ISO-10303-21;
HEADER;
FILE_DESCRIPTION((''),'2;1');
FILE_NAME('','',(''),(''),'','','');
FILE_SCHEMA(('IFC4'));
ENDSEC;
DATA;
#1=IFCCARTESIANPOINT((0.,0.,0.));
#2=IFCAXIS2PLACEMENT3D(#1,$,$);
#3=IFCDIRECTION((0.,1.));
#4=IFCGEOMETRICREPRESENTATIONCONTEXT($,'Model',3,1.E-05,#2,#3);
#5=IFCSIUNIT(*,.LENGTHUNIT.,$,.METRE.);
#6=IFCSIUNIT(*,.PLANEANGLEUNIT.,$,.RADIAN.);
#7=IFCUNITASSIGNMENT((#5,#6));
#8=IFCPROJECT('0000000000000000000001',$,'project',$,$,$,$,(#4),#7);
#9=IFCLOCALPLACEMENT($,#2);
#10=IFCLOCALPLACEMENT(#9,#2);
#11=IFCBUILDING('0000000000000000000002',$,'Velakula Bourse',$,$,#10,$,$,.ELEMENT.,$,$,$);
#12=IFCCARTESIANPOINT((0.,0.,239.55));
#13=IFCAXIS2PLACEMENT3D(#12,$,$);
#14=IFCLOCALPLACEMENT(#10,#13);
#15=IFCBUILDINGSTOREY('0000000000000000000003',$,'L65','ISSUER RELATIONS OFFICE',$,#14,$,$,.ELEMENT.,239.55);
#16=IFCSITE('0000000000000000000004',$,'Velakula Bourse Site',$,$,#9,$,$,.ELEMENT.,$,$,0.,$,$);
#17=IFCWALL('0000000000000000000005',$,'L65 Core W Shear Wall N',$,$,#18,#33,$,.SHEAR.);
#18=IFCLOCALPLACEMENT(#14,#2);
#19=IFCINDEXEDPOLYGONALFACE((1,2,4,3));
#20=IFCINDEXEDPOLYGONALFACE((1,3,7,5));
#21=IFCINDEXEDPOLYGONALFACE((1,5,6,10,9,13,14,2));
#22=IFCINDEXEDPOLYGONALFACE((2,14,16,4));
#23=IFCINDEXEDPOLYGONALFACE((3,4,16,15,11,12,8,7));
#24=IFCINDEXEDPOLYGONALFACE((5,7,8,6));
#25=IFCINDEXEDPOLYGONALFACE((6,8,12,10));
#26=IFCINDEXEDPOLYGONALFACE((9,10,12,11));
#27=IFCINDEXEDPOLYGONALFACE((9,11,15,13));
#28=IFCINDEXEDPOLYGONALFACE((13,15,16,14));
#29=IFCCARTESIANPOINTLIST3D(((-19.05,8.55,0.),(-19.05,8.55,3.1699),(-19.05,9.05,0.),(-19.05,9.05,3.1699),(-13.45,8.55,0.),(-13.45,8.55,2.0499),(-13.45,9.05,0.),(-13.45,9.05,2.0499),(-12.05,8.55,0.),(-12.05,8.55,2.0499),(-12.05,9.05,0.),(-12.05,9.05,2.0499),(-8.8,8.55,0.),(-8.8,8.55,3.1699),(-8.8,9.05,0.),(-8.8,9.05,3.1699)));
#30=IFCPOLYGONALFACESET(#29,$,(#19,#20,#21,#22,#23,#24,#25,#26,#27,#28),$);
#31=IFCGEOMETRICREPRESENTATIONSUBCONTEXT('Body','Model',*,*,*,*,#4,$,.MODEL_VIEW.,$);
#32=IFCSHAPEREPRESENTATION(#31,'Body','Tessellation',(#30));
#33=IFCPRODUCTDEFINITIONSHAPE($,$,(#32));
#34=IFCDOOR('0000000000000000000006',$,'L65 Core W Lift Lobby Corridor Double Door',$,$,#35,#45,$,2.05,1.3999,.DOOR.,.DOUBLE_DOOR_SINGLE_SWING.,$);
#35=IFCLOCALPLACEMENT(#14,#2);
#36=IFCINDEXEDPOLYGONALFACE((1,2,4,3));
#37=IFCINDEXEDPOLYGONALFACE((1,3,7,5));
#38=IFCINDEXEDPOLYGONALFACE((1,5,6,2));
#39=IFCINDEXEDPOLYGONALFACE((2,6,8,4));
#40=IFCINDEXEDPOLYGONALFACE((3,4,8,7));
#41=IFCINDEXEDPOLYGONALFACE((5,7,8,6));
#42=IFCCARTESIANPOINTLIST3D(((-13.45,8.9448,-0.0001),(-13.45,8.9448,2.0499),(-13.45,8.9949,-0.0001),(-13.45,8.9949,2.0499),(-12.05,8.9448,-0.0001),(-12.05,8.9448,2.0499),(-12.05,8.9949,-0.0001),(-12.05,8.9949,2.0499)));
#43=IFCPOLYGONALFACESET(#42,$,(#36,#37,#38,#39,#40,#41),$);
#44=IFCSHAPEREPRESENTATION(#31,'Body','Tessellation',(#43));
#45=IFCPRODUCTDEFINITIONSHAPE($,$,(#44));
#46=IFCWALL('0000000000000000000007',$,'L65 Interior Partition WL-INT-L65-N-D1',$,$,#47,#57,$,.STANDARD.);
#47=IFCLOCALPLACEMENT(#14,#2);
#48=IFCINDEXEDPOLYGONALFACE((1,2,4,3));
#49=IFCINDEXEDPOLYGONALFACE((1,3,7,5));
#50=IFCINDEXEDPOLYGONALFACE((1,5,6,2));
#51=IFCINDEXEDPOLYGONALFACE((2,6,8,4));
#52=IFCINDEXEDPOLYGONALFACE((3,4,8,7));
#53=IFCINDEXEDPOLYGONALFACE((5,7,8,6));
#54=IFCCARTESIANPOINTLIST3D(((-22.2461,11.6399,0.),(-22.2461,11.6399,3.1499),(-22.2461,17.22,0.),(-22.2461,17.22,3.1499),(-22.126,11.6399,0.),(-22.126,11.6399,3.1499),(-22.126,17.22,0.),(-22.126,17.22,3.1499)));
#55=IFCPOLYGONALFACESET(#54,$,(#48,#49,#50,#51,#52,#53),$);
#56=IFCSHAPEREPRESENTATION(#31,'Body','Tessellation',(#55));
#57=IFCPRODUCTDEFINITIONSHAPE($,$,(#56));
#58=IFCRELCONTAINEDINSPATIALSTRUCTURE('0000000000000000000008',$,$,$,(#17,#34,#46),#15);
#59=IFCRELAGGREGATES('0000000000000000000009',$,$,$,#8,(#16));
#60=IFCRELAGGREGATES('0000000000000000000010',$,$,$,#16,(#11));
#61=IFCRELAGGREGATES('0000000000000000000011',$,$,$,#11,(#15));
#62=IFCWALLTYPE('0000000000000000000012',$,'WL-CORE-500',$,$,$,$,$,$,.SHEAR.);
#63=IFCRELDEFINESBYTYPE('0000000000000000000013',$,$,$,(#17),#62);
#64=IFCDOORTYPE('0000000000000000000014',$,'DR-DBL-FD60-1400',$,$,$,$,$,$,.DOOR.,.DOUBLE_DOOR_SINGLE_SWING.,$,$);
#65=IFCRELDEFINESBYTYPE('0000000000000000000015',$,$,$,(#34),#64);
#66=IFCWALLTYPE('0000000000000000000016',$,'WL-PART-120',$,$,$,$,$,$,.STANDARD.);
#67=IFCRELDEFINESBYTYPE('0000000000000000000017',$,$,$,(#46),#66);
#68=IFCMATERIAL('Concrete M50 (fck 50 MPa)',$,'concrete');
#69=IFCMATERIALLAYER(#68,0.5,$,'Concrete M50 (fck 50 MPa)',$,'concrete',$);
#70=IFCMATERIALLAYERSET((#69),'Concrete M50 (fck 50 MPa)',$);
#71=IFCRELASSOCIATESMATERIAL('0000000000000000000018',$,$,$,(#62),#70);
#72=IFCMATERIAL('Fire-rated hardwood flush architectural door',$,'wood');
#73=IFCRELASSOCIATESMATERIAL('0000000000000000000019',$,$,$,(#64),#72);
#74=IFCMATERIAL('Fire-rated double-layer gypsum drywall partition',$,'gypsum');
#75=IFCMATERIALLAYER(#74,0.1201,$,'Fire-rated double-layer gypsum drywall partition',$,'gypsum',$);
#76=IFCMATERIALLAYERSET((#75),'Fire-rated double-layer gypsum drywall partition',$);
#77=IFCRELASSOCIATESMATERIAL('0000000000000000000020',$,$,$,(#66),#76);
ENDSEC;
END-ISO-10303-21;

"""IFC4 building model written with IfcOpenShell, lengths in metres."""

from ifc_helpers import new_model, si_unit, direction, frame, frame_2d, origin, place, context, subcontext, project, spatial, rectangle, extrude, material, layer, layer_set, type_object, element, fill, save


model = new_model("IFC4")

# Units and contexts
model_context = context("Model", 3, precision=1e-05, world=origin(), true_north=direction((0.0, 1.0)))
body_context = subcontext(model_context, "Body", "Model", "MODEL_VIEW")
ifc_project = project(units=[si_unit("LENGTHUNIT", "METRE"), si_unit("PLANEANGLEUNIT", "RADIAN")], contexts=[model_context])

# Site, building, storey
site_placement = place(None, origin())
site = spatial("IfcSite", under=ifc_project, at=site_placement, Name="Velakula Bourse Site", CompositionType="ELEMENT", RefElevation=0.0)
building_placement = place(site_placement, origin())
building = spatial("IfcBuilding", under=site, at=building_placement, Name="Velakula Bourse", CompositionType="ELEMENT")
storey_placement = place(building_placement, frame((0.0, 0.0, 239.55)))
storey = spatial("IfcBuildingStorey", under=building, at=storey_placement, Name="L65", Description="ISSUER RELATIONS OFFICE", CompositionType="ELEMENT", Elevation=239.55)

# Wall, opening, door
ifc_material_1 = material(Name="Concrete M50 (fck 50 MPa)", Category="concrete")
ifc_layer_1 = layer(ifc_material_1, 0.5, Name="Concrete M50 (fck 50 MPa)", Category="concrete")
ifc_layer_set_1 = layer_set([ifc_layer_1], Name="Concrete M50 (fck 50 MPa)")
wall_type_1 = type_object("IfcWallType", Name="WL-CORE-500", PredefinedType="SHEAR", material=ifc_layer_set_1)
wall_1_placement = place(storey_placement, frame((-19.05, 8.8, 0.0), z_axis=(0.0, 0.0, 1.0), x_axis=(1.0, 0.0, 0.0)))
wall_1 = element("IfcWall", 1, at=wall_1_placement, inside=storey, type_object=wall_type_1, Name="L65 Core W Shear Wall N", PredefinedType="SHEAR", context=body_context, shape_type="SweptSolid", body=[
    extrude(rectangle(XDim=10.25, YDim=0.5, at=frame_2d((5.125, 0.0))), origin(), (0.0, 0.0, 1.0), 3.1699),
])
opening_placement = place(wall_1_placement, frame((5.6001, 0.0, 0.0)))
opening = element("IfcOpeningElement", 2, at=opening_placement, cuts=wall_1, PredefinedType="OPENING", context=body_context, shape_type="SweptSolid", body=[
    extrude(rectangle(XDim=1.3999, YDim=2.05, at=frame_2d((0.7, 1.0249))), frame((0.0, 0.26, 0.0), z_axis=(0.0, -1.0, 0.0), x_axis=(1.0, 0.0, 0.0)), (0.0, 0.0, 1.0), 0.52),
])
ifc_material_2 = material(Name="Fire-rated hardwood flush architectural door", Category="wood")
door_type = type_object("IfcDoorType", Name="DR-DBL-FD60-1400", OperationType="DOUBLE_DOOR_SINGLE_SWING", PredefinedType="DOOR", material=ifc_material_2)
door_placement = place(opening_placement, origin())
door = element("IfcDoor", 3, at=door_placement, inside=storey, type_object=door_type, Name="L65 Core W Lift Lobby Corridor Double Door", OperationType="DOUBLE_DOOR_SINGLE_SWING", OverallHeight=2.05, OverallWidth=1.3999, PredefinedType="DOOR", context=body_context, shape_type="SweptSolid", body=[
    extrude(rectangle(XDim=1.3999, YDim=2.05, at=frame_2d((0.7, 1.0249))), frame((0.0, 0.1948, 0.0), z_axis=(0.0, -1.0, 0.0), x_axis=(1.0, 0.0, 0.0)), (0.0, 0.0, 1.0), 0.05),
])
fill(opening, door)

# Wall
ifc_material_3 = material(Name="Fire-rated double-layer gypsum drywall partition", Category="gypsum")
ifc_layer_2 = layer(ifc_material_3, 0.1201, Name="Fire-rated double-layer gypsum drywall partition", Category="gypsum")
ifc_layer_set_2 = layer_set([ifc_layer_2], Name="Fire-rated double-layer gypsum drywall partition")
wall_type_2 = type_object("IfcWallType", Name="WL-PART-120", PredefinedType="STANDARD", material=ifc_layer_set_2)
wall_2_placement = place(storey_placement, frame((-22.186, 11.6399, 0.0), z_axis=(0.0, 0.0, 1.0), x_axis=(0.0, 1.0, 0.0)))
element("IfcWall", 4, at=wall_2_placement, inside=storey, type_object=wall_type_2, Name="L65 Interior Partition WL-INT-L65-N-D1", PredefinedType="STANDARD", context=body_context, shape_type="SweptSolid", body=[
    extrude(rectangle(XDim=5.5801, YDim=0.1201, at=frame_2d((2.79, 0.0))), origin(), (0.0, 0.0, 1.0), 3.1499),
])

save(model, "model.ifc")
